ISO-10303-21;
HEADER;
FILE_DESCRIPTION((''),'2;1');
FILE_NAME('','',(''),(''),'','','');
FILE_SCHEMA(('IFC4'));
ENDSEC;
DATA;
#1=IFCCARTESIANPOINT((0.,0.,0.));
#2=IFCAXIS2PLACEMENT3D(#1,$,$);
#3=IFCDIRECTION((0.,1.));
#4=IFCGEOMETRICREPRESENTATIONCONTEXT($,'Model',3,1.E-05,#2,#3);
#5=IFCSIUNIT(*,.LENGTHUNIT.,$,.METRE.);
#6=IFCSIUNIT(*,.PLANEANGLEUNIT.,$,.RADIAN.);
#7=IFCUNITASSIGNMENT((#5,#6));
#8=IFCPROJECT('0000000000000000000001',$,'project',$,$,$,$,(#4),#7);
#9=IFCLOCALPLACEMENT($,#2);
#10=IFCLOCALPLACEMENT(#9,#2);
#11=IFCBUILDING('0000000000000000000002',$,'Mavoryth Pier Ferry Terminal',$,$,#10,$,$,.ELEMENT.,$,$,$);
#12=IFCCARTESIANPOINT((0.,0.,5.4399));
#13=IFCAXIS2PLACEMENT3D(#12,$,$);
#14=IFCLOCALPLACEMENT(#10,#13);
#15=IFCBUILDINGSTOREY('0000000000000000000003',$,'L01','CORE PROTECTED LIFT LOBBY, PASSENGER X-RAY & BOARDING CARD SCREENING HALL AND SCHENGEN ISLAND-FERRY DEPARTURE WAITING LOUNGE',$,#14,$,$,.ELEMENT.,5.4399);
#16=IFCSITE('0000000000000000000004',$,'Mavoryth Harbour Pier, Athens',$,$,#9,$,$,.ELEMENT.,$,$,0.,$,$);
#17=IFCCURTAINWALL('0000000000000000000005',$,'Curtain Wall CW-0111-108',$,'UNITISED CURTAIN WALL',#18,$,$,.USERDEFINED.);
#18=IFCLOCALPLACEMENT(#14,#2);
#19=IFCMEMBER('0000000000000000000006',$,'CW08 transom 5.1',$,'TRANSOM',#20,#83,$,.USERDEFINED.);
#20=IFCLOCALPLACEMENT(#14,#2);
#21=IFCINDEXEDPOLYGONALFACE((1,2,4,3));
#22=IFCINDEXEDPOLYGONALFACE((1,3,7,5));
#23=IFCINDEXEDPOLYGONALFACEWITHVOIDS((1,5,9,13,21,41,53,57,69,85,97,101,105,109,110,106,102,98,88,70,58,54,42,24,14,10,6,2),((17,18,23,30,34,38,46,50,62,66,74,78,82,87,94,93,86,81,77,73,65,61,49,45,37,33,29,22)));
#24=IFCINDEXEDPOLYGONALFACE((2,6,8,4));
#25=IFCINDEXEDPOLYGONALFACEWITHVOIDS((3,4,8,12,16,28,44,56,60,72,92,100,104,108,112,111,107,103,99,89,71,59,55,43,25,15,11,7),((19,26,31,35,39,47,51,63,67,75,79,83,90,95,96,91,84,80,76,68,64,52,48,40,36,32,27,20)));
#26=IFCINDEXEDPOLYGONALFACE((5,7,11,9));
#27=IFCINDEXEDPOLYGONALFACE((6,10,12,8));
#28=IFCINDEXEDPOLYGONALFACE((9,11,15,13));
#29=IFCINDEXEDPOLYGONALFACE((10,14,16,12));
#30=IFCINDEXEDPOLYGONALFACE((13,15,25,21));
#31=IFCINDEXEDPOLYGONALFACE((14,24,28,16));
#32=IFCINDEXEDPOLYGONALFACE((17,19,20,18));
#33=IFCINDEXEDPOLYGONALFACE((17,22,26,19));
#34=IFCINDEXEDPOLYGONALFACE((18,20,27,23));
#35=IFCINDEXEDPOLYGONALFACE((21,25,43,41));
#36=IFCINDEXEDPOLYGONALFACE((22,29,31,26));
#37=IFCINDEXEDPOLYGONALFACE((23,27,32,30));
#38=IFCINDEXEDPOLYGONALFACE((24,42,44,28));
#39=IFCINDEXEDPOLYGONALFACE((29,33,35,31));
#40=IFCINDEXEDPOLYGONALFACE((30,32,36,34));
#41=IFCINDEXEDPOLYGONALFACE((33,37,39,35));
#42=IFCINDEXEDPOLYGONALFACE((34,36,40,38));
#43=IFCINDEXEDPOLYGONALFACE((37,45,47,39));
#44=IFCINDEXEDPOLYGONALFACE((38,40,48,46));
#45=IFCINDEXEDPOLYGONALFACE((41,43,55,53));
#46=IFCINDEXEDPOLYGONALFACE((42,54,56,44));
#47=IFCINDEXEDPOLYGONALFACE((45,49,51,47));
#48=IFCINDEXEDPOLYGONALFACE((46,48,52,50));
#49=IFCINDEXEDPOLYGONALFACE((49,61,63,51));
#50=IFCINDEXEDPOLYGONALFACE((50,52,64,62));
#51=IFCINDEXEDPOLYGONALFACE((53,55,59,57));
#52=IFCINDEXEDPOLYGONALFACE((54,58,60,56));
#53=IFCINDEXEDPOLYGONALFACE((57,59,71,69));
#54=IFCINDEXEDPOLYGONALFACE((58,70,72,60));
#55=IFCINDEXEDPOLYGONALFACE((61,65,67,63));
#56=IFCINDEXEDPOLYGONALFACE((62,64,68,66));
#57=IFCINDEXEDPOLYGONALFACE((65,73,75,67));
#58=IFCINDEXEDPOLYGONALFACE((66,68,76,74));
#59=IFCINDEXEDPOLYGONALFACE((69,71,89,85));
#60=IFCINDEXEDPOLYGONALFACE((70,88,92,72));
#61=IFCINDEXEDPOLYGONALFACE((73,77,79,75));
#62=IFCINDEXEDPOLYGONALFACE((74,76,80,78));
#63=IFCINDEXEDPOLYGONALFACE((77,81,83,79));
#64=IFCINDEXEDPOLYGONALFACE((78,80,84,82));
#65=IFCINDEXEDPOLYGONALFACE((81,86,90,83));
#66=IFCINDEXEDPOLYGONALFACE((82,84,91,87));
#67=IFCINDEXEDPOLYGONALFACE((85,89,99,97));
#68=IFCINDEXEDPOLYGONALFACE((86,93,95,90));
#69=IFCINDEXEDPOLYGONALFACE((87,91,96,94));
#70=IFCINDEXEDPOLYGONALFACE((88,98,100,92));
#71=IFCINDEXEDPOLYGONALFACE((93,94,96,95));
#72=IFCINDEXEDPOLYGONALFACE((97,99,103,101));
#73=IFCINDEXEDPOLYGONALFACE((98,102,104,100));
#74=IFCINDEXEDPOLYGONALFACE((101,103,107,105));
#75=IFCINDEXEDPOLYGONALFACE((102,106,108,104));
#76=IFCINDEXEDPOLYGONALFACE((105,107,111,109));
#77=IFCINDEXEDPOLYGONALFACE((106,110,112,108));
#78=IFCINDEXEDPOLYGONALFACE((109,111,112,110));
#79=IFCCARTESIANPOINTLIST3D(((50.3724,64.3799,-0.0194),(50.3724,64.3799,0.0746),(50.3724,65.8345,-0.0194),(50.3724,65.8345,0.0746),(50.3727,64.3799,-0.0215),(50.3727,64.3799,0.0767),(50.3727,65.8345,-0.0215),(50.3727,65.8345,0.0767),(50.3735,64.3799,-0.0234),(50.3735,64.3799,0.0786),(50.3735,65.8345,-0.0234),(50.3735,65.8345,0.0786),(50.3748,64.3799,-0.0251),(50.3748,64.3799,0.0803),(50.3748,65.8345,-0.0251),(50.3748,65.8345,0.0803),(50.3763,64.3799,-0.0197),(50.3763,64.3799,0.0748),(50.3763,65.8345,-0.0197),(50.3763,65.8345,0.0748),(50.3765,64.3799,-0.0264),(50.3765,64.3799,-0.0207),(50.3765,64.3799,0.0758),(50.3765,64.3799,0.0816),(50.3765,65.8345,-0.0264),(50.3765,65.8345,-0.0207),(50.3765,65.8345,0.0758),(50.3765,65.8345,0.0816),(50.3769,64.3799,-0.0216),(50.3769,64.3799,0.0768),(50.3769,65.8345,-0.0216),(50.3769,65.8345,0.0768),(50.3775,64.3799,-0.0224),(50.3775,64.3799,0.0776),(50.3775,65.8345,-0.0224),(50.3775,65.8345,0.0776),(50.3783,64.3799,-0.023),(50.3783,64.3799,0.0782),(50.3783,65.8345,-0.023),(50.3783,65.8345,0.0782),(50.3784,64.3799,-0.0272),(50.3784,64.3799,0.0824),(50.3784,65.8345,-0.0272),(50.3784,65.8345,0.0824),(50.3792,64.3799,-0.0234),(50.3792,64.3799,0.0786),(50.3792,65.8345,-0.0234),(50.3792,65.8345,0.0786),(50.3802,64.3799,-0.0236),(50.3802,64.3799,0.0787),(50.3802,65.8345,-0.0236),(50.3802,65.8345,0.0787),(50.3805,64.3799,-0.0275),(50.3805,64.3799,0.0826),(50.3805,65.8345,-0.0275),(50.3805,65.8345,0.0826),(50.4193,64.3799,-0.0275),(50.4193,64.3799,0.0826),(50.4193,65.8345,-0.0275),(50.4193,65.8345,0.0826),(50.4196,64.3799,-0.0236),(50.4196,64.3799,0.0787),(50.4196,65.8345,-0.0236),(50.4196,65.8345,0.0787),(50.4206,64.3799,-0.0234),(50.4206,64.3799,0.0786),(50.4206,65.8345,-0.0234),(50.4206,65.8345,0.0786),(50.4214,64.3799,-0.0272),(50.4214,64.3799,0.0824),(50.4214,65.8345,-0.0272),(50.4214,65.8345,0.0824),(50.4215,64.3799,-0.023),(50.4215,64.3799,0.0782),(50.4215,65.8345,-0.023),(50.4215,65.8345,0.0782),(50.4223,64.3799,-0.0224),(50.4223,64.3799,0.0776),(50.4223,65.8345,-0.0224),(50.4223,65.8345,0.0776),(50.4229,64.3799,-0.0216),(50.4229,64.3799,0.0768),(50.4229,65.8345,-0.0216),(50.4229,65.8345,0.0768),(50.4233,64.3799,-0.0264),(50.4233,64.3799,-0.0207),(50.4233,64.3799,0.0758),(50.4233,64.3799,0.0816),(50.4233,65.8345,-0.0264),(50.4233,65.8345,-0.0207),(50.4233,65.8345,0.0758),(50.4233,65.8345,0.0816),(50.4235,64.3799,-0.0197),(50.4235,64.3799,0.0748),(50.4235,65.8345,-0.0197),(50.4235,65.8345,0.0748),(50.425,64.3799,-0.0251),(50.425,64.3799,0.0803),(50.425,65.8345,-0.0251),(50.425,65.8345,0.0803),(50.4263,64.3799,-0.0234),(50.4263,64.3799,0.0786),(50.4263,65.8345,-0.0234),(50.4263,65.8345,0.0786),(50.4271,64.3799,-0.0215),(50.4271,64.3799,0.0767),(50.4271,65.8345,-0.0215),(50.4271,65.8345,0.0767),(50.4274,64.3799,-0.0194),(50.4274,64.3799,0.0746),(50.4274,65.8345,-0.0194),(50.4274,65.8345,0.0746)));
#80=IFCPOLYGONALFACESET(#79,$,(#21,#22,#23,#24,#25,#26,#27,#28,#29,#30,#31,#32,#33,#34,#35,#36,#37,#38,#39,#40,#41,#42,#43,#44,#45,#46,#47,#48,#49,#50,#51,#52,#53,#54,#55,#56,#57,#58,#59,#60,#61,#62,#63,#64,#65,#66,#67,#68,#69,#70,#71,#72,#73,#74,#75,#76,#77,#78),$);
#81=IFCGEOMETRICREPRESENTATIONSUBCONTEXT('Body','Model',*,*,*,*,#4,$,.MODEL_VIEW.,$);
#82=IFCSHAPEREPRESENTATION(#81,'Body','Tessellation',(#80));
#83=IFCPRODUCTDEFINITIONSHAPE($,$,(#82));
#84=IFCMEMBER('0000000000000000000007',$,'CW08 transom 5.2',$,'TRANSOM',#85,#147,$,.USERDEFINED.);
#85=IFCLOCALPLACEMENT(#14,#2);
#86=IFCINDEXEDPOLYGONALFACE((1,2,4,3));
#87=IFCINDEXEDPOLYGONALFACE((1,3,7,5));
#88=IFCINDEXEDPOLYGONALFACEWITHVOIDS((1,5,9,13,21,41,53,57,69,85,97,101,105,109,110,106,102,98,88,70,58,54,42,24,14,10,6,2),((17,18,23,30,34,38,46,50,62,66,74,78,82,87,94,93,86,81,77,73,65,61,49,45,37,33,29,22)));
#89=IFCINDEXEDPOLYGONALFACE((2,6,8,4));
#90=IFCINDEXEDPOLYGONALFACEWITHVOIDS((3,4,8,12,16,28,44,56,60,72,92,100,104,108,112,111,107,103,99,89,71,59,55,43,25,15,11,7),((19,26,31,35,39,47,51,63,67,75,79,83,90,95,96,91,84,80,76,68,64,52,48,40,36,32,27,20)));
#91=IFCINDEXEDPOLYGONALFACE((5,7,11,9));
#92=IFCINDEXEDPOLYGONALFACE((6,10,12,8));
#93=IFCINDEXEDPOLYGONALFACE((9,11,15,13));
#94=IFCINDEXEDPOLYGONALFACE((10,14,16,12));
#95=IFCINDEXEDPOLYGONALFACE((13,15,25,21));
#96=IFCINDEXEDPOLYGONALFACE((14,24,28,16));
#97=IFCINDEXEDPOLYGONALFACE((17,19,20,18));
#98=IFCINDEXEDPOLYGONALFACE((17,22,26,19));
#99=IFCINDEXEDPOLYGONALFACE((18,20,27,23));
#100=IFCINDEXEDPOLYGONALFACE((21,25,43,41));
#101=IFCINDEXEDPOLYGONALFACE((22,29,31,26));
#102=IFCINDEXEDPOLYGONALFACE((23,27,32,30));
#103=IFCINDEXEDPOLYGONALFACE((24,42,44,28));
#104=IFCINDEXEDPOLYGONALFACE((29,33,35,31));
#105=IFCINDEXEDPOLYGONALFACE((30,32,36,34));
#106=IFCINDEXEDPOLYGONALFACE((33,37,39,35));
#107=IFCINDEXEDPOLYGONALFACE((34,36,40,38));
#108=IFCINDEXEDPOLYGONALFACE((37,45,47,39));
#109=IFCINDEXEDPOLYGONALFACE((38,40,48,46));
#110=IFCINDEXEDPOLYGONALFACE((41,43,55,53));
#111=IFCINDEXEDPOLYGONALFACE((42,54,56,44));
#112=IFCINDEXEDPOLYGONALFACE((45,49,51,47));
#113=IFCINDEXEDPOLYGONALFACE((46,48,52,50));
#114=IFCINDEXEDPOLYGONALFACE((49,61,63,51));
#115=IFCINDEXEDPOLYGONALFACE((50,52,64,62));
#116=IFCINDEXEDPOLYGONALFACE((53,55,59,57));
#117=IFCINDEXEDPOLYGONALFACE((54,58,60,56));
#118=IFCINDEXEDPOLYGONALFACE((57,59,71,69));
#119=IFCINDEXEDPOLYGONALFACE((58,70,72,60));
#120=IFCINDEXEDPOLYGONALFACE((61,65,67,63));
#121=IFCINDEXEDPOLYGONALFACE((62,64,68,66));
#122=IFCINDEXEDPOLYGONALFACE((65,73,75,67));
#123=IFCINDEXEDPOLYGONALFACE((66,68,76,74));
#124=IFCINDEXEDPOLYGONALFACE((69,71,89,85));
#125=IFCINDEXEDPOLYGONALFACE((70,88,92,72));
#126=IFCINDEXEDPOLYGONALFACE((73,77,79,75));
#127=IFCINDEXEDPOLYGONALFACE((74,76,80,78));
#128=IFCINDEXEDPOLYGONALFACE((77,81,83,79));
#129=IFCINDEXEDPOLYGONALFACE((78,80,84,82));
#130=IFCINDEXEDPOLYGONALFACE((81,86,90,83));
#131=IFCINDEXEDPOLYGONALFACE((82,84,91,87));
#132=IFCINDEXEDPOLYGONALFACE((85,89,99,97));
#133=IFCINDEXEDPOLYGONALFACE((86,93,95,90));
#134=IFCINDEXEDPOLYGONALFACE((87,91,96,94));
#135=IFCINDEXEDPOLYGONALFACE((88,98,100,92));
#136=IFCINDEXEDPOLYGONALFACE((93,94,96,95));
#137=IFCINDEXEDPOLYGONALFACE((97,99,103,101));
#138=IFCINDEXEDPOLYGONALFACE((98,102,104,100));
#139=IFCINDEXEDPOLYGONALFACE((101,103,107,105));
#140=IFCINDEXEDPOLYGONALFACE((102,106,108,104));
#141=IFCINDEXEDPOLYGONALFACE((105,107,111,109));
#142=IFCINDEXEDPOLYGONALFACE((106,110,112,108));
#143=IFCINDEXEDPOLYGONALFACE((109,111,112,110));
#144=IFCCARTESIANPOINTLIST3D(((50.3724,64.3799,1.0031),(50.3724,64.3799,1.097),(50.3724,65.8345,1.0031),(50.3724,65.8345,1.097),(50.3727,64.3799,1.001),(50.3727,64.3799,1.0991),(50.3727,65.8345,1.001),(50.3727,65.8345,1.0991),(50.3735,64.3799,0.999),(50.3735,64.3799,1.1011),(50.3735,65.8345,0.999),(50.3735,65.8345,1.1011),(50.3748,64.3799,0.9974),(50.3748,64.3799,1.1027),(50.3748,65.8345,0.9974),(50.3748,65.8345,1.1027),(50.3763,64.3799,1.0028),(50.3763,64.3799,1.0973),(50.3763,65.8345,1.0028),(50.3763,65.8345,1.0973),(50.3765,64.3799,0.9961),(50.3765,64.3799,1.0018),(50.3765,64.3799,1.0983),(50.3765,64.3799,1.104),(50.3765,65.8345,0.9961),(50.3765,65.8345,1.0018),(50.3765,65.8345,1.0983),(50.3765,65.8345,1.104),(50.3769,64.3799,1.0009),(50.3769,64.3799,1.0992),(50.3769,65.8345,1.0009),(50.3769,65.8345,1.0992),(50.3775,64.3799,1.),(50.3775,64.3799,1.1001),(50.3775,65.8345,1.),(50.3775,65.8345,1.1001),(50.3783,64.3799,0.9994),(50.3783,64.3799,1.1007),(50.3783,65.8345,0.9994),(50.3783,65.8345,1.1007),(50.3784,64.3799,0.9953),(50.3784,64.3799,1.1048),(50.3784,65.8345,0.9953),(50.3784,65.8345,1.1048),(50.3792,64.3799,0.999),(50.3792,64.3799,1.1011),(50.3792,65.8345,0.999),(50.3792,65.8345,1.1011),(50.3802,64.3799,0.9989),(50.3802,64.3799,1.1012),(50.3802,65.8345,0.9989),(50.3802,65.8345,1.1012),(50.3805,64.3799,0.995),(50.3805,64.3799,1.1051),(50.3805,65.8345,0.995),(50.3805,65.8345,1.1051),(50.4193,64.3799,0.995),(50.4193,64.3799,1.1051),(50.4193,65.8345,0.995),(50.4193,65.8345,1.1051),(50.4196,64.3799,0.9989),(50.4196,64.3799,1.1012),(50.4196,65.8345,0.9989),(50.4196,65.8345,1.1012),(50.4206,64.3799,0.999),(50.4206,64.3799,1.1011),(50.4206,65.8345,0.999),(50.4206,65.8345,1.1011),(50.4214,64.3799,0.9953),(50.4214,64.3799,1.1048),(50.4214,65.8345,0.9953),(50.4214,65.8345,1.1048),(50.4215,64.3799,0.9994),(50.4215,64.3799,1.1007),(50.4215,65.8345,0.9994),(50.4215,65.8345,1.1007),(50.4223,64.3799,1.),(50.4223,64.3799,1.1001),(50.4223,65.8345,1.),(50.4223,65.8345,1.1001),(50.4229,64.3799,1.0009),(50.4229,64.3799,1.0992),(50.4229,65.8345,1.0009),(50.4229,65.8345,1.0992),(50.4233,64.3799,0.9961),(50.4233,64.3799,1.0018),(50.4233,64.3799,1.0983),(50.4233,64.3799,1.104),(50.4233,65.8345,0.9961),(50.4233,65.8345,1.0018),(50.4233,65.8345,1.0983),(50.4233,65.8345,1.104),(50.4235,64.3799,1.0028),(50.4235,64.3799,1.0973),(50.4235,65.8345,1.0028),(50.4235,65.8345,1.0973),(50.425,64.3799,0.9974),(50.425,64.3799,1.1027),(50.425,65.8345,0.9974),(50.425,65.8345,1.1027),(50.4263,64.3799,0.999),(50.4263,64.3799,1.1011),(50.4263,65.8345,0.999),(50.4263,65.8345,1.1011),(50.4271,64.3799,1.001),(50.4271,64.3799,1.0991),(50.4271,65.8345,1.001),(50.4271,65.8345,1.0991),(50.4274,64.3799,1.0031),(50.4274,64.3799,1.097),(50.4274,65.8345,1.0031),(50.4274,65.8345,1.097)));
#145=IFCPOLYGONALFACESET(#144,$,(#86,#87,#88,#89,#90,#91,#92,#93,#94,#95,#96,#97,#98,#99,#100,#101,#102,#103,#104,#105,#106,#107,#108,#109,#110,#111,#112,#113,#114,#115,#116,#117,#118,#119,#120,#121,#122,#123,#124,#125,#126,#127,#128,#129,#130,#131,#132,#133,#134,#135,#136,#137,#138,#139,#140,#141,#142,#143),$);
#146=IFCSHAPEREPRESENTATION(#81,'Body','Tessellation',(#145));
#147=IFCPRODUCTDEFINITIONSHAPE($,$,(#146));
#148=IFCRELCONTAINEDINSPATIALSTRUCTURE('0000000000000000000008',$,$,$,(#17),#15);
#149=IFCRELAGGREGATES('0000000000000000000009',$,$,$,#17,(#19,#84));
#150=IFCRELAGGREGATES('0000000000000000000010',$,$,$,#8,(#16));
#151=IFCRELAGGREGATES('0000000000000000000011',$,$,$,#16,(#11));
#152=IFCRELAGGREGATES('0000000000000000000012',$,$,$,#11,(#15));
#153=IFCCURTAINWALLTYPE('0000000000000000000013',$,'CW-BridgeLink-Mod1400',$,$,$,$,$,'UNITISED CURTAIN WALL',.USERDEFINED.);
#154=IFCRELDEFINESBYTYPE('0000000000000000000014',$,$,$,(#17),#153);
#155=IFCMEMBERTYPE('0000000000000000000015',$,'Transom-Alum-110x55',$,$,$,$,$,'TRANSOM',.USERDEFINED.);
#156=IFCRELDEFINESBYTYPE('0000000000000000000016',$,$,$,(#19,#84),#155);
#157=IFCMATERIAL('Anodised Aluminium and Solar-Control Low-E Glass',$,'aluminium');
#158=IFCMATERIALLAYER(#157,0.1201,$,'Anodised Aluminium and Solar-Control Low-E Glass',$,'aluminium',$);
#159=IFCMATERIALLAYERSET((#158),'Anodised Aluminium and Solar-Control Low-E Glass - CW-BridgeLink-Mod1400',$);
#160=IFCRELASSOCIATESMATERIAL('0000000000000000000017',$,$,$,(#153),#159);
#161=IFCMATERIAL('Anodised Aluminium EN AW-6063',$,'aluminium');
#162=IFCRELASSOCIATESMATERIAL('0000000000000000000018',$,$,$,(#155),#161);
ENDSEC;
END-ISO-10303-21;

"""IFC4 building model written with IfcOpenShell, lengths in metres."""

from ifc_helpers import new_model, si_unit, direction, frame, origin, origin_2d, place, context, subcontext, project, spatial, hollow_rectangle, extrude, material, layer, layer_set, material_profile, profile_set, type_object, element, aggregate, save


model = new_model("IFC4")

# Units and contexts
model_context = context("Model", 3, precision=1e-05, world=origin(), true_north=direction((0.0, 1.0)))
body_context = subcontext(model_context, "Body", "Model", "MODEL_VIEW")
ifc_project = project(units=[si_unit("LENGTHUNIT", "METRE"), si_unit("PLANEANGLEUNIT", "RADIAN")], contexts=[model_context])

# Site, building, storey
site_placement = place(None, origin())
site = spatial("IfcSite", under=ifc_project, at=site_placement, Name="Mavoryth Harbour Pier, Athens", CompositionType="ELEMENT", RefElevation=0.0)
building_placement = place(site_placement, origin())
building = spatial("IfcBuilding", under=site, at=building_placement, Name="Mavoryth Pier Ferry Terminal", CompositionType="ELEMENT")
storey_placement = place(building_placement, frame((0.0, 0.0, 5.4399)))
storey = spatial("IfcBuildingStorey", under=building, at=storey_placement, Name="L01", Description="CORE PROTECTED LIFT LOBBY, PASSENGER X-RAY & BOARDING CARD SCREENING HALL AND SCHENGEN ISLAND-FERRY DEPARTURE WAITING LOUNGE", CompositionType="ELEMENT", Elevation=5.4399)

# Curtain wall
ifc_material_1 = material(Name="Anodised Aluminium and Solar-Control Low-E Glass", Category="aluminium")
ifc_layer_1 = layer(ifc_material_1, 0.1201, Name="Anodised Aluminium and Solar-Control Low-E Glass", Category="aluminium")
ifc_layer_set_1 = layer_set([ifc_layer_1], Name="Anodised Aluminium and Solar-Control Low-E Glass - CW-BridgeLink-Mod1400")
curtain_wall_type = type_object("IfcCurtainWallType", Name="CW-BridgeLink-Mod1400", ElementType="UNITISED CURTAIN WALL", PredefinedType="USERDEFINED", material=ifc_layer_set_1)
ifc_material_2 = material(Name="Anodised Aluminium EN AW-6063", Category="aluminium")
curtain_wall_1_placement = place(storey_placement, origin())
curtain_wall_1 = element("IfcCurtainWall", 1, at=curtain_wall_1_placement, inside=storey, type_object=curtain_wall_type, Name="Curtain Wall CW-0111-108", ObjectType="UNITISED CURTAIN WALL", PredefinedType="USERDEFINED")

# Members
ifc_material_profile_1 = material_profile(ifc_material_2, hollow_rectangle(XDim=0.0549, YDim=0.1101, WallThickness=0.0039, InnerFilletRadius=0.0039, OuterFilletRadius=0.0081, at=origin_2d()), Name="AL-TRAN 110x55x4", Category="aluminium")
ifc_profile_set_1 = profile_set([ifc_material_profile_1], Name="Anodised Aluminium EN AW-6063 - AL-TRAN 110x55x4")
member_type_1 = type_object("IfcMemberType", Name="Transom-Alum-110x55", ElementType="TRANSOM", PredefinedType="USERDEFINED", material=ifc_profile_set_1)
member_1_placement = place(storey_placement, frame((50.3999, 65.8345, 0.0276), z_axis=(0.0, -1.0, 0.0), x_axis=(1.0, 0.0, 0.0)))
member_1 = element("IfcMember", 2, at=member_1_placement, type_object=member_type_1, Name="CW08 transom 5.1", ObjectType="TRANSOM", PredefinedType="USERDEFINED", context=body_context, shape_type="SweptSolid", body=[
    extrude(hollow_rectangle(XDim=0.0549, YDim=0.1101, WallThickness=0.0039, InnerFilletRadius=0.0039, OuterFilletRadius=0.0081, at=origin_2d()), origin(), (0.0, 0.0, 1.0), 1.4546),
])
member_2_placement = place(storey_placement, frame((50.3999, 65.8345, 1.05), z_axis=(0.0, -1.0, 0.0), x_axis=(1.0, 0.0, 0.0)))
member_2 = element("IfcMember", 3, at=member_2_placement, type_object=member_type_1, Name="CW08 transom 5.2", ObjectType="TRANSOM", PredefinedType="USERDEFINED", context=body_context, shape_type="SweptSolid", body=[
    extrude(hollow_rectangle(XDim=0.0549, YDim=0.1101, WallThickness=0.0039, InnerFilletRadius=0.0039, OuterFilletRadius=0.0081, at=origin_2d()), origin(), (0.0, 0.0, 1.0), 1.4546),
])

aggregate(curtain_wall_1, [member_1, member_2])

save(model, "model.ifc")
